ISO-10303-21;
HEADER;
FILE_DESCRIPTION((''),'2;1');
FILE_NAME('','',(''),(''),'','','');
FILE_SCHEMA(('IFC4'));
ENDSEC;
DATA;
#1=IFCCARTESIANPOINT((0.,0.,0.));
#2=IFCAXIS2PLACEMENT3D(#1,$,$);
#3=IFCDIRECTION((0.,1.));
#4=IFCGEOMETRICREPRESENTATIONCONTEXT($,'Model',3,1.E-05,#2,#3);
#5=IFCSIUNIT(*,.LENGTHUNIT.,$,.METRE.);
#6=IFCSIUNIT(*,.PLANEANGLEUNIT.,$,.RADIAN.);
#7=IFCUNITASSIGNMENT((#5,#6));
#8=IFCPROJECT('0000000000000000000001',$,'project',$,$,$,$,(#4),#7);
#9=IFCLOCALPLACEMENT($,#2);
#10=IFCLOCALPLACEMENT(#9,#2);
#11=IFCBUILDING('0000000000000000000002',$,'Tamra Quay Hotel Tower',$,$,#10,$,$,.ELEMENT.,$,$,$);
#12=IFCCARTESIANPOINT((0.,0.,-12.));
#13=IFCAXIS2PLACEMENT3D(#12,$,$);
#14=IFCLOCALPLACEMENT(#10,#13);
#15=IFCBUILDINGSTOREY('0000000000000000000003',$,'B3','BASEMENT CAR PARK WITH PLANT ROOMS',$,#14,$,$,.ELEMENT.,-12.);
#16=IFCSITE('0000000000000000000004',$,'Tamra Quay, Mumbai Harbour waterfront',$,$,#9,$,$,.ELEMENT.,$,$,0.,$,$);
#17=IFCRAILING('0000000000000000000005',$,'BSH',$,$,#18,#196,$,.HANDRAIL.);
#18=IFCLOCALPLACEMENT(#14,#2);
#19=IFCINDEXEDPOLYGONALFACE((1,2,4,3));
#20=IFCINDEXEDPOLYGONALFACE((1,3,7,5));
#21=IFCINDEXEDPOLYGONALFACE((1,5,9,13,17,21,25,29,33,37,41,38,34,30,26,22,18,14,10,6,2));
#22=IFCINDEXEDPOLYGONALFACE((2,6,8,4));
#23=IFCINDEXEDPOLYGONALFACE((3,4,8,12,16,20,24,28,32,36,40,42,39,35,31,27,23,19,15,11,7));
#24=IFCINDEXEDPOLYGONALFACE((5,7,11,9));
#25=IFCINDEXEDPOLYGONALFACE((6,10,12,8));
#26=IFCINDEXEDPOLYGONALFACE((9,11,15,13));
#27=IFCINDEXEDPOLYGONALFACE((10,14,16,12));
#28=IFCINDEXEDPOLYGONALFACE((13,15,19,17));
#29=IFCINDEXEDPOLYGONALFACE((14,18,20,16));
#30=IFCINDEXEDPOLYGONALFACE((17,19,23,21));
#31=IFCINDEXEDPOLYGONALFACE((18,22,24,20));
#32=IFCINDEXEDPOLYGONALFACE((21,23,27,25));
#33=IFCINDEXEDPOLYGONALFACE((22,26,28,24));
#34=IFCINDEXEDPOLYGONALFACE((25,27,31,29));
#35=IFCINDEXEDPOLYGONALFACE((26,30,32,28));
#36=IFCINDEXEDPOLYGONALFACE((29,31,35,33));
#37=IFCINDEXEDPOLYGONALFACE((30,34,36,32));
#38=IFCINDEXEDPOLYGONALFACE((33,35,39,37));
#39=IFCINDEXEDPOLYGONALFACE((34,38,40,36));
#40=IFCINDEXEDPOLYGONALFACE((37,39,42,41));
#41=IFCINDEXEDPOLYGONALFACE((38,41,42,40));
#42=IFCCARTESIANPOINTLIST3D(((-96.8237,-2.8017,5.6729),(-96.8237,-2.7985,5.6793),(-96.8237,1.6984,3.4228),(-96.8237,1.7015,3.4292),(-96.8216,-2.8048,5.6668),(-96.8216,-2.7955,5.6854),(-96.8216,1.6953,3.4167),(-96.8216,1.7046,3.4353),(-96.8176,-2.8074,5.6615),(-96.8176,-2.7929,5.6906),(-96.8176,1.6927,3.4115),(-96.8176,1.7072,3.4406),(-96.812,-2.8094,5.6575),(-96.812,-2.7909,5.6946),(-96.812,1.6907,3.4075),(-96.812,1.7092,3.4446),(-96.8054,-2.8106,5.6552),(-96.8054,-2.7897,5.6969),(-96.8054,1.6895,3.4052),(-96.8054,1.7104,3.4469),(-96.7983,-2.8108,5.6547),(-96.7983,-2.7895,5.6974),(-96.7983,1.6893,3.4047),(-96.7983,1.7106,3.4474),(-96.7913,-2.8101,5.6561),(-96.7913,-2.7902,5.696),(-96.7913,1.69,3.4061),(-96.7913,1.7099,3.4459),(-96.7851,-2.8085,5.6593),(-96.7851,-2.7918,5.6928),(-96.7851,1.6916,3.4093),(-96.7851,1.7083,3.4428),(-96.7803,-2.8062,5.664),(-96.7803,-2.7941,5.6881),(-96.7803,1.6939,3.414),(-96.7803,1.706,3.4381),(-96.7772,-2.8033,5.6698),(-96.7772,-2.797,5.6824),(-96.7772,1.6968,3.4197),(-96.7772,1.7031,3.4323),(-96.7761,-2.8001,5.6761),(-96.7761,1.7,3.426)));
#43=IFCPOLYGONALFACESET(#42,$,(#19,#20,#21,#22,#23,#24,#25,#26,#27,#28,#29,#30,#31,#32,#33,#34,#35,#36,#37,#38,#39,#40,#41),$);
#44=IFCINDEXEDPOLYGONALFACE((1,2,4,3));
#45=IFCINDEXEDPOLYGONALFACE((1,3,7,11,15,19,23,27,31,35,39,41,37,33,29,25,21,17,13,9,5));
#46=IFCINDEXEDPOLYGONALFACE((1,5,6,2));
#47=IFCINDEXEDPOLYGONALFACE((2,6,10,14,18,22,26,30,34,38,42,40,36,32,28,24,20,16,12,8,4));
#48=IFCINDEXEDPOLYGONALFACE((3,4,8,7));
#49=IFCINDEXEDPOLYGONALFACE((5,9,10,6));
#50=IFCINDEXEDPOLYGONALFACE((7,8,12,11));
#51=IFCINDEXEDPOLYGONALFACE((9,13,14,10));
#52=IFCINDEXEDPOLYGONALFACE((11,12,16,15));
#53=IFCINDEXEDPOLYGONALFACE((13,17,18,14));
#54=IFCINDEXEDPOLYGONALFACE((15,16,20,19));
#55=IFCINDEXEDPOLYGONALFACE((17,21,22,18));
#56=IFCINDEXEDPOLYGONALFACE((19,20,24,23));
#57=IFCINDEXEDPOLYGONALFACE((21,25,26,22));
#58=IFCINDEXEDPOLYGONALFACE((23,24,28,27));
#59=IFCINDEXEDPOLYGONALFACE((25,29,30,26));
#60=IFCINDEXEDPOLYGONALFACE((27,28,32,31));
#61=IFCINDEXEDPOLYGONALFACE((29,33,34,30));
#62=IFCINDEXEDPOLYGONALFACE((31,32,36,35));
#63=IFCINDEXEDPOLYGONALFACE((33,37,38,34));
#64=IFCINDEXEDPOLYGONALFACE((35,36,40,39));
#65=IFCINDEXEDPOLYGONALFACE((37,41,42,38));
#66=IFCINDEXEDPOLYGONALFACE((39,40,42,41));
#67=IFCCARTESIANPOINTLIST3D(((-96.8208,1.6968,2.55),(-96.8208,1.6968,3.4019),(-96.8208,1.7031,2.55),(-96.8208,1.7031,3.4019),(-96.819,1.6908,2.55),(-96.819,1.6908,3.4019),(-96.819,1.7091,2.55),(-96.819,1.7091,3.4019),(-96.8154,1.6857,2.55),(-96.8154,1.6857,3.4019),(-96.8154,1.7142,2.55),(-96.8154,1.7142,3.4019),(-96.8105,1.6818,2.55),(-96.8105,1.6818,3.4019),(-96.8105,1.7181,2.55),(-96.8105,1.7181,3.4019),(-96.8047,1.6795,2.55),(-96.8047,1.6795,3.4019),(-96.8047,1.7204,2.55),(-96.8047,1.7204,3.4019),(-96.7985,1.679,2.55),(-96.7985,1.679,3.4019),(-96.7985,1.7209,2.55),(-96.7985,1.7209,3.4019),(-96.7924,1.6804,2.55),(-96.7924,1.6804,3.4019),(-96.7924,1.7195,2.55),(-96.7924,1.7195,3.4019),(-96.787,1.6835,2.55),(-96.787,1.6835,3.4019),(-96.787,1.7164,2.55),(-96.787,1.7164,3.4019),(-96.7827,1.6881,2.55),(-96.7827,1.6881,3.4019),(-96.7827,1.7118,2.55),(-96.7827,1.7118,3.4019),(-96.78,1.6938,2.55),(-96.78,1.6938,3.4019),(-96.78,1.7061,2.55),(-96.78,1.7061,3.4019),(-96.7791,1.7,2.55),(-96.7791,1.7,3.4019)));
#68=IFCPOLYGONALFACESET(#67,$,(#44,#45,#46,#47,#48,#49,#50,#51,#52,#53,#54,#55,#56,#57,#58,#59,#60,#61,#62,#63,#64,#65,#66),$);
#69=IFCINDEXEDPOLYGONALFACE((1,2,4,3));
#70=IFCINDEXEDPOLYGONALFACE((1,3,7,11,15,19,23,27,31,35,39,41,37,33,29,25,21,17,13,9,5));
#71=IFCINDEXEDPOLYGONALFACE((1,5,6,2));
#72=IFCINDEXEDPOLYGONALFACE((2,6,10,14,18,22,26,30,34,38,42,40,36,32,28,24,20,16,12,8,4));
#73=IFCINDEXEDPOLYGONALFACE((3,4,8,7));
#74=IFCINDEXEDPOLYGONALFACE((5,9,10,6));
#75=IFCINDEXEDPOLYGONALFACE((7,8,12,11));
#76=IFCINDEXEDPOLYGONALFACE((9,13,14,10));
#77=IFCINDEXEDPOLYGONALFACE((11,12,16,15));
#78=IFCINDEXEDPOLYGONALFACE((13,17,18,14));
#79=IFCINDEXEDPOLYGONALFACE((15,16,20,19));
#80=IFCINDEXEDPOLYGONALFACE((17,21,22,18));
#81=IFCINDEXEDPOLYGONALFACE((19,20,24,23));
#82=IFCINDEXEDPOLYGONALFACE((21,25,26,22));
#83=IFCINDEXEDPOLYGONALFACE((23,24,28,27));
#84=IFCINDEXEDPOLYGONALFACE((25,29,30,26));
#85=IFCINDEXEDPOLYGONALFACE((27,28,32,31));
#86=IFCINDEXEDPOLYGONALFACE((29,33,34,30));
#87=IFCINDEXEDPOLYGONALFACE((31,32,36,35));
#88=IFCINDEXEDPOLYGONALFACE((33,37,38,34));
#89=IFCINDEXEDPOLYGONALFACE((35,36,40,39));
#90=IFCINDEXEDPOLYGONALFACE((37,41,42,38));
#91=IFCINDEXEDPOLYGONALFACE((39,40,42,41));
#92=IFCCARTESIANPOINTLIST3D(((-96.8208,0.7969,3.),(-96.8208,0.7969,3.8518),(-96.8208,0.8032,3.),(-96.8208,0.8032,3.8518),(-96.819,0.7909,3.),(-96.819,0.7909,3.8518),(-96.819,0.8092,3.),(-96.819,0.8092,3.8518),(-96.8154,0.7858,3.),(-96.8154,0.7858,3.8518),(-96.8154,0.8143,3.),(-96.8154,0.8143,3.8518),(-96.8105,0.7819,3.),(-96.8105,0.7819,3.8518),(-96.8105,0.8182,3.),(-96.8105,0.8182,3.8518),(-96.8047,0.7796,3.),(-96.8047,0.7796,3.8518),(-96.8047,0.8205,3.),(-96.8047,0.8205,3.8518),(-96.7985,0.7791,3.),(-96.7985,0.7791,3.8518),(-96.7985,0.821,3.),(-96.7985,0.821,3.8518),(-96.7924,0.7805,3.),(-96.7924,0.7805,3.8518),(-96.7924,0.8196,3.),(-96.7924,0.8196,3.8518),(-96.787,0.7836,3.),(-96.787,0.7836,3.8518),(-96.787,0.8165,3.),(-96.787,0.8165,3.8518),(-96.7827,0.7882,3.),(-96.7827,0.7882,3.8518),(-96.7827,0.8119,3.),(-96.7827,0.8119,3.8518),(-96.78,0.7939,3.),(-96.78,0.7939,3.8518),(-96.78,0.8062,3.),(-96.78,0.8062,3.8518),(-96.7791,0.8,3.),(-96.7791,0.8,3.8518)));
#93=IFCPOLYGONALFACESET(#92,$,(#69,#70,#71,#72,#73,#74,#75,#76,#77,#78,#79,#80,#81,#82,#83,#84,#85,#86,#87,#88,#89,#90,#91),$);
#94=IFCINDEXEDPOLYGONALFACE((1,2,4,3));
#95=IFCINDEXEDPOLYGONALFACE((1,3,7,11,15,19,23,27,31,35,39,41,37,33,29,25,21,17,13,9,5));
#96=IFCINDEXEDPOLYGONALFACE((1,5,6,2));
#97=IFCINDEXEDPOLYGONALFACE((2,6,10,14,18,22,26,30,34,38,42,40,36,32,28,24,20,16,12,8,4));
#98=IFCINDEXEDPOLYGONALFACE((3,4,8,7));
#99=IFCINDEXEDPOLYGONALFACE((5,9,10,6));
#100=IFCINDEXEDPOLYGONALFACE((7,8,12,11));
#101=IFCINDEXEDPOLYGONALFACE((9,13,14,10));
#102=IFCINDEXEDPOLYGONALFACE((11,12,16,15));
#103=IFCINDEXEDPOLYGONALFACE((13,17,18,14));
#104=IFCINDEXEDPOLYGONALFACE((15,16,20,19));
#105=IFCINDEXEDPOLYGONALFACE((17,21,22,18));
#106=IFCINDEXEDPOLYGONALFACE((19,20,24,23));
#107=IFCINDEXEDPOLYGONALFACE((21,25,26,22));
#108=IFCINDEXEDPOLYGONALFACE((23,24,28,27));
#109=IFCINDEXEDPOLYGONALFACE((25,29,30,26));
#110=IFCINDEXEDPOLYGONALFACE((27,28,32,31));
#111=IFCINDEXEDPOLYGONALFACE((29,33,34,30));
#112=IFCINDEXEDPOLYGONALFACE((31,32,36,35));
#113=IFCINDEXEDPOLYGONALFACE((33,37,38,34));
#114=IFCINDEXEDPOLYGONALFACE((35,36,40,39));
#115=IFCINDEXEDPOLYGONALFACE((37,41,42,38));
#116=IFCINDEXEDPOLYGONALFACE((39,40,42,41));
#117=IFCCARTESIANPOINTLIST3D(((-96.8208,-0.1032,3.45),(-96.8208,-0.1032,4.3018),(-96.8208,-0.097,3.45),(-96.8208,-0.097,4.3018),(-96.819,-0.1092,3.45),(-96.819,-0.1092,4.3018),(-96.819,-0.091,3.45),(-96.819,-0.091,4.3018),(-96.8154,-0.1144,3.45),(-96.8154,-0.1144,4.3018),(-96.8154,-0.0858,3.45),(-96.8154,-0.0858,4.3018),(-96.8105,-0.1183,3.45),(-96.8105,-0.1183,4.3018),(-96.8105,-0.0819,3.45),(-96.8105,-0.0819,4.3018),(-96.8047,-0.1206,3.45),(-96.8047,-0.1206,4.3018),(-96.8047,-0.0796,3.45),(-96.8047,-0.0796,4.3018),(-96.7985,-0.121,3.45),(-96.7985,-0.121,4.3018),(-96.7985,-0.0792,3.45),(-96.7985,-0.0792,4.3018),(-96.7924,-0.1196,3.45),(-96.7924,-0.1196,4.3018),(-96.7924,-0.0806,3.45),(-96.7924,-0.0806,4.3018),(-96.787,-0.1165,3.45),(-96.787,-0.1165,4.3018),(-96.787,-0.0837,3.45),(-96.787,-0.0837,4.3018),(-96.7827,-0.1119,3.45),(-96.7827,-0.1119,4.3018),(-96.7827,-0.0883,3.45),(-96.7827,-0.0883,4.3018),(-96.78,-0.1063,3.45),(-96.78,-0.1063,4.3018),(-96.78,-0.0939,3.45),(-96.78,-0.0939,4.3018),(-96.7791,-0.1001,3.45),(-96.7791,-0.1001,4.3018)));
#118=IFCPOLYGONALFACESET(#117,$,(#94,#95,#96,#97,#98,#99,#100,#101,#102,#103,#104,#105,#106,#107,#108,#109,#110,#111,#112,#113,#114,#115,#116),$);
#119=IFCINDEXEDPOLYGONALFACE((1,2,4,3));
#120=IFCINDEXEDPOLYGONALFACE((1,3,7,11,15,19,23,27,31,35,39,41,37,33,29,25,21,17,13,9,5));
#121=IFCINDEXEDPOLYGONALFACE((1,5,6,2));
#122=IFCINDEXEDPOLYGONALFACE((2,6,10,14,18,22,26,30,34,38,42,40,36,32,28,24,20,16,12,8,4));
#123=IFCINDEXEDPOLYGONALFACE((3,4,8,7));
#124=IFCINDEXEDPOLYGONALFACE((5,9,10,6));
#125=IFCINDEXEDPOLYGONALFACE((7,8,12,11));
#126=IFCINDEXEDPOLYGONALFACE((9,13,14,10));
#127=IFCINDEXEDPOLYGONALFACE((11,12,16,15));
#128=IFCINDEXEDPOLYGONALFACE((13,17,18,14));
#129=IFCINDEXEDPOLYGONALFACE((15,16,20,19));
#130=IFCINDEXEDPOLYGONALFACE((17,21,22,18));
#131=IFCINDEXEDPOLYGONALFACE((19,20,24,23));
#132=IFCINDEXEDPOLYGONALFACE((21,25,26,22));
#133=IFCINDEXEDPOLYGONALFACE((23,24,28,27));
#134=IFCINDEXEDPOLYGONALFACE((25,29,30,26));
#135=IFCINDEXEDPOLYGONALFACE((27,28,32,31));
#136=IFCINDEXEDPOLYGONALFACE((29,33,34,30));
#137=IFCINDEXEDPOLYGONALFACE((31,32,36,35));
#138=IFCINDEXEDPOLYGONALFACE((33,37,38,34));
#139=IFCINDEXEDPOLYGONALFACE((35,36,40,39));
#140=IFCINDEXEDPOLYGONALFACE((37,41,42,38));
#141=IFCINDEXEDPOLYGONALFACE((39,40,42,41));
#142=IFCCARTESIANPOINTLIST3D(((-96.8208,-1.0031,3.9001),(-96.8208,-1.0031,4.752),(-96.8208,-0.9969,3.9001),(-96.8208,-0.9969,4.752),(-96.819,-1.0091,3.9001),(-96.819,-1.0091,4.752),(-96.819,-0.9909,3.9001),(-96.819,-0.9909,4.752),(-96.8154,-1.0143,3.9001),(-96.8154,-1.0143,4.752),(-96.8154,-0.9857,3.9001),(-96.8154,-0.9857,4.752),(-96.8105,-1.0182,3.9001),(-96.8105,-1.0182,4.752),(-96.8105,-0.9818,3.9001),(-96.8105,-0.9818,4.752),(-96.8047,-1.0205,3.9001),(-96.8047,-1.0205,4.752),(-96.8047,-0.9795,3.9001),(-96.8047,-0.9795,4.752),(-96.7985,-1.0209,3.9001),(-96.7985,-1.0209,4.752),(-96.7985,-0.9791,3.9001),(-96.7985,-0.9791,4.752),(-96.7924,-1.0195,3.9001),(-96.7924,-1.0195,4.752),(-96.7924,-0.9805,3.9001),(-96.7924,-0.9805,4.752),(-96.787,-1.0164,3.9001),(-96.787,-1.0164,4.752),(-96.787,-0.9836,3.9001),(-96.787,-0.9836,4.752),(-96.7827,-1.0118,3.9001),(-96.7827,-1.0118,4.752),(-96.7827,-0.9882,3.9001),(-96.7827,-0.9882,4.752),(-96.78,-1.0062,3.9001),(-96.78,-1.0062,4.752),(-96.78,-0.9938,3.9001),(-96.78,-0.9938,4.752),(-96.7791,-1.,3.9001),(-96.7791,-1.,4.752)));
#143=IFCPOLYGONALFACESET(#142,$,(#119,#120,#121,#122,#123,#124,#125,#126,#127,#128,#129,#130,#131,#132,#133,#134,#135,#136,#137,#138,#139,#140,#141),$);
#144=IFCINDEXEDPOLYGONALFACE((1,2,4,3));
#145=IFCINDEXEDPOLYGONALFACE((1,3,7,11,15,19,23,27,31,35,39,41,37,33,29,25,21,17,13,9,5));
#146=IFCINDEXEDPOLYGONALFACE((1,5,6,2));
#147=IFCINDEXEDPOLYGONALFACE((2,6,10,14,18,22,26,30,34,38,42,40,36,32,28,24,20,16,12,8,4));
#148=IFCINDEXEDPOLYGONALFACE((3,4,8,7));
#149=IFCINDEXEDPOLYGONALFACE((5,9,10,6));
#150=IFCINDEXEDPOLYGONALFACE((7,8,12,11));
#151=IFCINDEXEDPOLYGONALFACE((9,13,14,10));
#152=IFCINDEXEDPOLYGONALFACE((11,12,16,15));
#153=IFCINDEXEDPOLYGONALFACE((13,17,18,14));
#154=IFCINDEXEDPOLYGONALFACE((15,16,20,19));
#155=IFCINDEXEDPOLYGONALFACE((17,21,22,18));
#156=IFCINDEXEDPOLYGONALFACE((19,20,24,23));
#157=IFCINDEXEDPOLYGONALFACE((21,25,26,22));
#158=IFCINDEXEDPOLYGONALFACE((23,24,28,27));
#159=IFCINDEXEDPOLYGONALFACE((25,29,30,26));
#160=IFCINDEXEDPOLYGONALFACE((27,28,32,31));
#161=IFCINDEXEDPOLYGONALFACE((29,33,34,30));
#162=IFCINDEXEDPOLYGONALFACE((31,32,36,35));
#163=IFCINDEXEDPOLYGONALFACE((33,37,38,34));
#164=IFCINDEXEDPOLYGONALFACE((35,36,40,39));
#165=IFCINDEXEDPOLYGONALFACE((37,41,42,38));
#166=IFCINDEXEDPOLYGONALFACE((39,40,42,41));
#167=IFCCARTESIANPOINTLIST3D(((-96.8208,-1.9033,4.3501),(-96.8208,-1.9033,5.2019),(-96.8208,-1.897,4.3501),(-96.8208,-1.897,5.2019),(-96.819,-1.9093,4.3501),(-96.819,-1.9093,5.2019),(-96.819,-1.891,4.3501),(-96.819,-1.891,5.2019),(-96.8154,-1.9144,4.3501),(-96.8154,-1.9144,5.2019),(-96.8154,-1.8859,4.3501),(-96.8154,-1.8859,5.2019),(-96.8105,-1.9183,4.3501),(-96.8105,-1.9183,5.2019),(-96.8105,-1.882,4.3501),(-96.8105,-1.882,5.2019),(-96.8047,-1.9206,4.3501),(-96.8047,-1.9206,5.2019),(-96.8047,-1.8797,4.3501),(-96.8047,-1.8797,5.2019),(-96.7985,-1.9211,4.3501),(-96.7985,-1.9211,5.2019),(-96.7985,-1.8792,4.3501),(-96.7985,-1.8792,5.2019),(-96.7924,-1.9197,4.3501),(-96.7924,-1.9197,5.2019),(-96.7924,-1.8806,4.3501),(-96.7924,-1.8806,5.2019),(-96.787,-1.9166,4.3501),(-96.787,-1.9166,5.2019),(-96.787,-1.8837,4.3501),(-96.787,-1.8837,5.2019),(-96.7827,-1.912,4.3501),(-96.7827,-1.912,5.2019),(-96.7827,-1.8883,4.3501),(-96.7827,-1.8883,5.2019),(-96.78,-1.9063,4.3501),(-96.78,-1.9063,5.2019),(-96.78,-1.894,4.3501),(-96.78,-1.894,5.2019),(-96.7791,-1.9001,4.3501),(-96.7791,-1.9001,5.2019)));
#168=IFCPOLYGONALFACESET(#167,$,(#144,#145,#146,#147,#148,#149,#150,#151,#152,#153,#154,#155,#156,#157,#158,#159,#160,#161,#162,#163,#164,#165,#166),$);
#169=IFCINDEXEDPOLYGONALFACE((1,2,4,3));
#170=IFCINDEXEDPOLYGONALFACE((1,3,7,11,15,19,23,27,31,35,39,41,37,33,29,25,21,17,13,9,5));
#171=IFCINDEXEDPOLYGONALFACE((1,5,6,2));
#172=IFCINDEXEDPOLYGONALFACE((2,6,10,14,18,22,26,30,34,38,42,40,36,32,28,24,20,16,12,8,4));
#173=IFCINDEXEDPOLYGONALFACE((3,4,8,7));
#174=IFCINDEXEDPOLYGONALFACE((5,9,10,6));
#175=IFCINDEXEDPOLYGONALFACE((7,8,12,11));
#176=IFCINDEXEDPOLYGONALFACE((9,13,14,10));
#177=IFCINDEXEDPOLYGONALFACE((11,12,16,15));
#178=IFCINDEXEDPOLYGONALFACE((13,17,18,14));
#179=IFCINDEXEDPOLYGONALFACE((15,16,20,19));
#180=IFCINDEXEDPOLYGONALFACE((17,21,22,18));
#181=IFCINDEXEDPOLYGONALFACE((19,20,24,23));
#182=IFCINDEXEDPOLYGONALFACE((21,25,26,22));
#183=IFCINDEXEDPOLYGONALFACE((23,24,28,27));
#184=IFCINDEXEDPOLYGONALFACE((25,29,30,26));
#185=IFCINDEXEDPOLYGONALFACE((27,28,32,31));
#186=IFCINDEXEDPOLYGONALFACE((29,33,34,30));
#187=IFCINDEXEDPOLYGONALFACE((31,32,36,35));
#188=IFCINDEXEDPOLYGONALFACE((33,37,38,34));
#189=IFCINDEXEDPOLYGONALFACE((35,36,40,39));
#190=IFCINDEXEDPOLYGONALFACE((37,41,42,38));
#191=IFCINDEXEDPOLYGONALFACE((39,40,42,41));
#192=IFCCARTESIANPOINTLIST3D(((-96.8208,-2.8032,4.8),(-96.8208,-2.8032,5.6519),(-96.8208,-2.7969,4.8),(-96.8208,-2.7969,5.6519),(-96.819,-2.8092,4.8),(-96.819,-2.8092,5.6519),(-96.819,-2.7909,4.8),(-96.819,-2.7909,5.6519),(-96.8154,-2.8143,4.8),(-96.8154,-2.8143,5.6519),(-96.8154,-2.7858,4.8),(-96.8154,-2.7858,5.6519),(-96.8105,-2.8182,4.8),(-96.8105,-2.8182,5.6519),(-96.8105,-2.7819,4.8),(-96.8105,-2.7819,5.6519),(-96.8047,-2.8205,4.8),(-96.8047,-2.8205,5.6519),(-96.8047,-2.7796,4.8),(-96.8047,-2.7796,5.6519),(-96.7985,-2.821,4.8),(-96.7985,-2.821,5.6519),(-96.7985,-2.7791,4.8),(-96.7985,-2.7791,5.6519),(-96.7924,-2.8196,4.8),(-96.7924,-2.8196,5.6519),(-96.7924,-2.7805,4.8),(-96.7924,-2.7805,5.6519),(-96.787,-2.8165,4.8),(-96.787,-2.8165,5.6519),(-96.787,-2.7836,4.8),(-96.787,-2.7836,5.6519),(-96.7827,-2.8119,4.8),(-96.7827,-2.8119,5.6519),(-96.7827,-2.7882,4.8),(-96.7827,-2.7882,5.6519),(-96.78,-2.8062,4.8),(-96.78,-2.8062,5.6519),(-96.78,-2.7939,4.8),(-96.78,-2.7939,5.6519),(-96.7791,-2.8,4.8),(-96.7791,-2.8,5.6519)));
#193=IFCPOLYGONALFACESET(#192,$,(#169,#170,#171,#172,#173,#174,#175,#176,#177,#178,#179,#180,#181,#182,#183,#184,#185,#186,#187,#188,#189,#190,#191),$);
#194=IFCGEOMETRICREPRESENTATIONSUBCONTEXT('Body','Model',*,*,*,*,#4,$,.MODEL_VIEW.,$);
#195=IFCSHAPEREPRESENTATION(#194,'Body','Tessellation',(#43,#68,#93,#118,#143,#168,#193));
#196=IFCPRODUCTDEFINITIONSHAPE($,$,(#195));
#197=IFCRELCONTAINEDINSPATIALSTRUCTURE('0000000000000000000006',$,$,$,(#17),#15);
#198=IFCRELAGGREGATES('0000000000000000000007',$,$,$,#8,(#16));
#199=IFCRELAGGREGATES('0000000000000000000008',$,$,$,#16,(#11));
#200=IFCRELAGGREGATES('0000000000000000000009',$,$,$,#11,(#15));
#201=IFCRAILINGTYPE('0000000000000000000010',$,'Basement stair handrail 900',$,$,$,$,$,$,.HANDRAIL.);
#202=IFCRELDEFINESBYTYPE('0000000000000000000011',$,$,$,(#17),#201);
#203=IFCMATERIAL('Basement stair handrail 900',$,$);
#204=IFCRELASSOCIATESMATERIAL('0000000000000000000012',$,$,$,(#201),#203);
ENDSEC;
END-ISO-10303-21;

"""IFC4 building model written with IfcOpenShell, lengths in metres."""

from ifc_helpers import new_model, si_unit, direction, frame, origin, origin_2d, place, context, subcontext, project, spatial, circle, extrude, material, type_object, element, save


model = new_model("IFC4")

# Units and contexts
model_context = context("Model", 3, precision=1e-05, world=origin(), true_north=direction((0.0, 1.0)))
body_context = subcontext(model_context, "Body", "Model", "MODEL_VIEW")
ifc_project = project(units=[si_unit("LENGTHUNIT", "METRE"), si_unit("PLANEANGLEUNIT", "RADIAN")], contexts=[model_context])

# Site, building, storey
site_placement = place(None, origin())
site = spatial("IfcSite", under=ifc_project, at=site_placement, Name="Tamra Quay, Mumbai Harbour waterfront", CompositionType="ELEMENT", RefElevation=0.0)
building_placement = place(site_placement, origin())
building = spatial("IfcBuilding", under=site, at=building_placement, Name="Tamra Quay Hotel Tower", CompositionType="ELEMENT")
storey_placement = place(building_placement, frame((0.0, 0.0, -12.0)))
storey = spatial("IfcBuildingStorey", under=building, at=storey_placement, Name="B3", Description="BASEMENT CAR PARK WITH PLANT ROOMS", CompositionType="ELEMENT", Elevation=-12.0)

# Railing
ifc_material_1 = material(Name="Basement stair handrail 900")
railing_type_1 = type_object("IfcRailingType", Name="Basement stair handrail 900", PredefinedType="HANDRAIL", material=ifc_material_1)
railing_1_placement = place(storey_placement, frame((-96.8, 1.7, 2.55)))
element("IfcRailing", 1, at=railing_1_placement, inside=storey, type_object=railing_type_1, Name="BSH", PredefinedType="HANDRAIL", context=body_context, shape_type="SweptSolid", body=[
    extrude(circle(Radius=0.0239, at=origin_2d()), frame((0.0, 0.0, 0.876), z_axis=(0.0, -0.894427, 0.447214), x_axis=(1.0, 0.0, 0.0)), (0.0, 0.0, 1.0), 5.0312),
    extrude(circle(Radius=0.021, at=origin_2d()), origin(), (0.0, 0.0, 1.0), 0.8518),
    extrude(circle(Radius=0.021, at=origin_2d()), frame((0.0, -0.8999, 0.45)), (0.0, 0.0, 1.0), 0.8518),
    extrude(circle(Radius=0.021, at=origin_2d()), frame((0.0, -1.8, 0.8999)), (0.0, 0.0, 1.0), 0.8518),
    extrude(circle(Radius=0.021, at=origin_2d()), frame((0.0, -2.7, 1.3501)), (0.0, 0.0, 1.0), 0.8518),
    extrude(circle(Radius=0.021, at=origin_2d()), frame((0.0, -3.6001, 1.8)), (0.0, 0.0, 1.0), 0.8518),
    extrude(circle(Radius=0.021, at=origin_2d()), frame((0.0, -4.5, 2.25)), (0.0, 0.0, 1.0), 0.8518),
])

save(model, "model.ifc")
